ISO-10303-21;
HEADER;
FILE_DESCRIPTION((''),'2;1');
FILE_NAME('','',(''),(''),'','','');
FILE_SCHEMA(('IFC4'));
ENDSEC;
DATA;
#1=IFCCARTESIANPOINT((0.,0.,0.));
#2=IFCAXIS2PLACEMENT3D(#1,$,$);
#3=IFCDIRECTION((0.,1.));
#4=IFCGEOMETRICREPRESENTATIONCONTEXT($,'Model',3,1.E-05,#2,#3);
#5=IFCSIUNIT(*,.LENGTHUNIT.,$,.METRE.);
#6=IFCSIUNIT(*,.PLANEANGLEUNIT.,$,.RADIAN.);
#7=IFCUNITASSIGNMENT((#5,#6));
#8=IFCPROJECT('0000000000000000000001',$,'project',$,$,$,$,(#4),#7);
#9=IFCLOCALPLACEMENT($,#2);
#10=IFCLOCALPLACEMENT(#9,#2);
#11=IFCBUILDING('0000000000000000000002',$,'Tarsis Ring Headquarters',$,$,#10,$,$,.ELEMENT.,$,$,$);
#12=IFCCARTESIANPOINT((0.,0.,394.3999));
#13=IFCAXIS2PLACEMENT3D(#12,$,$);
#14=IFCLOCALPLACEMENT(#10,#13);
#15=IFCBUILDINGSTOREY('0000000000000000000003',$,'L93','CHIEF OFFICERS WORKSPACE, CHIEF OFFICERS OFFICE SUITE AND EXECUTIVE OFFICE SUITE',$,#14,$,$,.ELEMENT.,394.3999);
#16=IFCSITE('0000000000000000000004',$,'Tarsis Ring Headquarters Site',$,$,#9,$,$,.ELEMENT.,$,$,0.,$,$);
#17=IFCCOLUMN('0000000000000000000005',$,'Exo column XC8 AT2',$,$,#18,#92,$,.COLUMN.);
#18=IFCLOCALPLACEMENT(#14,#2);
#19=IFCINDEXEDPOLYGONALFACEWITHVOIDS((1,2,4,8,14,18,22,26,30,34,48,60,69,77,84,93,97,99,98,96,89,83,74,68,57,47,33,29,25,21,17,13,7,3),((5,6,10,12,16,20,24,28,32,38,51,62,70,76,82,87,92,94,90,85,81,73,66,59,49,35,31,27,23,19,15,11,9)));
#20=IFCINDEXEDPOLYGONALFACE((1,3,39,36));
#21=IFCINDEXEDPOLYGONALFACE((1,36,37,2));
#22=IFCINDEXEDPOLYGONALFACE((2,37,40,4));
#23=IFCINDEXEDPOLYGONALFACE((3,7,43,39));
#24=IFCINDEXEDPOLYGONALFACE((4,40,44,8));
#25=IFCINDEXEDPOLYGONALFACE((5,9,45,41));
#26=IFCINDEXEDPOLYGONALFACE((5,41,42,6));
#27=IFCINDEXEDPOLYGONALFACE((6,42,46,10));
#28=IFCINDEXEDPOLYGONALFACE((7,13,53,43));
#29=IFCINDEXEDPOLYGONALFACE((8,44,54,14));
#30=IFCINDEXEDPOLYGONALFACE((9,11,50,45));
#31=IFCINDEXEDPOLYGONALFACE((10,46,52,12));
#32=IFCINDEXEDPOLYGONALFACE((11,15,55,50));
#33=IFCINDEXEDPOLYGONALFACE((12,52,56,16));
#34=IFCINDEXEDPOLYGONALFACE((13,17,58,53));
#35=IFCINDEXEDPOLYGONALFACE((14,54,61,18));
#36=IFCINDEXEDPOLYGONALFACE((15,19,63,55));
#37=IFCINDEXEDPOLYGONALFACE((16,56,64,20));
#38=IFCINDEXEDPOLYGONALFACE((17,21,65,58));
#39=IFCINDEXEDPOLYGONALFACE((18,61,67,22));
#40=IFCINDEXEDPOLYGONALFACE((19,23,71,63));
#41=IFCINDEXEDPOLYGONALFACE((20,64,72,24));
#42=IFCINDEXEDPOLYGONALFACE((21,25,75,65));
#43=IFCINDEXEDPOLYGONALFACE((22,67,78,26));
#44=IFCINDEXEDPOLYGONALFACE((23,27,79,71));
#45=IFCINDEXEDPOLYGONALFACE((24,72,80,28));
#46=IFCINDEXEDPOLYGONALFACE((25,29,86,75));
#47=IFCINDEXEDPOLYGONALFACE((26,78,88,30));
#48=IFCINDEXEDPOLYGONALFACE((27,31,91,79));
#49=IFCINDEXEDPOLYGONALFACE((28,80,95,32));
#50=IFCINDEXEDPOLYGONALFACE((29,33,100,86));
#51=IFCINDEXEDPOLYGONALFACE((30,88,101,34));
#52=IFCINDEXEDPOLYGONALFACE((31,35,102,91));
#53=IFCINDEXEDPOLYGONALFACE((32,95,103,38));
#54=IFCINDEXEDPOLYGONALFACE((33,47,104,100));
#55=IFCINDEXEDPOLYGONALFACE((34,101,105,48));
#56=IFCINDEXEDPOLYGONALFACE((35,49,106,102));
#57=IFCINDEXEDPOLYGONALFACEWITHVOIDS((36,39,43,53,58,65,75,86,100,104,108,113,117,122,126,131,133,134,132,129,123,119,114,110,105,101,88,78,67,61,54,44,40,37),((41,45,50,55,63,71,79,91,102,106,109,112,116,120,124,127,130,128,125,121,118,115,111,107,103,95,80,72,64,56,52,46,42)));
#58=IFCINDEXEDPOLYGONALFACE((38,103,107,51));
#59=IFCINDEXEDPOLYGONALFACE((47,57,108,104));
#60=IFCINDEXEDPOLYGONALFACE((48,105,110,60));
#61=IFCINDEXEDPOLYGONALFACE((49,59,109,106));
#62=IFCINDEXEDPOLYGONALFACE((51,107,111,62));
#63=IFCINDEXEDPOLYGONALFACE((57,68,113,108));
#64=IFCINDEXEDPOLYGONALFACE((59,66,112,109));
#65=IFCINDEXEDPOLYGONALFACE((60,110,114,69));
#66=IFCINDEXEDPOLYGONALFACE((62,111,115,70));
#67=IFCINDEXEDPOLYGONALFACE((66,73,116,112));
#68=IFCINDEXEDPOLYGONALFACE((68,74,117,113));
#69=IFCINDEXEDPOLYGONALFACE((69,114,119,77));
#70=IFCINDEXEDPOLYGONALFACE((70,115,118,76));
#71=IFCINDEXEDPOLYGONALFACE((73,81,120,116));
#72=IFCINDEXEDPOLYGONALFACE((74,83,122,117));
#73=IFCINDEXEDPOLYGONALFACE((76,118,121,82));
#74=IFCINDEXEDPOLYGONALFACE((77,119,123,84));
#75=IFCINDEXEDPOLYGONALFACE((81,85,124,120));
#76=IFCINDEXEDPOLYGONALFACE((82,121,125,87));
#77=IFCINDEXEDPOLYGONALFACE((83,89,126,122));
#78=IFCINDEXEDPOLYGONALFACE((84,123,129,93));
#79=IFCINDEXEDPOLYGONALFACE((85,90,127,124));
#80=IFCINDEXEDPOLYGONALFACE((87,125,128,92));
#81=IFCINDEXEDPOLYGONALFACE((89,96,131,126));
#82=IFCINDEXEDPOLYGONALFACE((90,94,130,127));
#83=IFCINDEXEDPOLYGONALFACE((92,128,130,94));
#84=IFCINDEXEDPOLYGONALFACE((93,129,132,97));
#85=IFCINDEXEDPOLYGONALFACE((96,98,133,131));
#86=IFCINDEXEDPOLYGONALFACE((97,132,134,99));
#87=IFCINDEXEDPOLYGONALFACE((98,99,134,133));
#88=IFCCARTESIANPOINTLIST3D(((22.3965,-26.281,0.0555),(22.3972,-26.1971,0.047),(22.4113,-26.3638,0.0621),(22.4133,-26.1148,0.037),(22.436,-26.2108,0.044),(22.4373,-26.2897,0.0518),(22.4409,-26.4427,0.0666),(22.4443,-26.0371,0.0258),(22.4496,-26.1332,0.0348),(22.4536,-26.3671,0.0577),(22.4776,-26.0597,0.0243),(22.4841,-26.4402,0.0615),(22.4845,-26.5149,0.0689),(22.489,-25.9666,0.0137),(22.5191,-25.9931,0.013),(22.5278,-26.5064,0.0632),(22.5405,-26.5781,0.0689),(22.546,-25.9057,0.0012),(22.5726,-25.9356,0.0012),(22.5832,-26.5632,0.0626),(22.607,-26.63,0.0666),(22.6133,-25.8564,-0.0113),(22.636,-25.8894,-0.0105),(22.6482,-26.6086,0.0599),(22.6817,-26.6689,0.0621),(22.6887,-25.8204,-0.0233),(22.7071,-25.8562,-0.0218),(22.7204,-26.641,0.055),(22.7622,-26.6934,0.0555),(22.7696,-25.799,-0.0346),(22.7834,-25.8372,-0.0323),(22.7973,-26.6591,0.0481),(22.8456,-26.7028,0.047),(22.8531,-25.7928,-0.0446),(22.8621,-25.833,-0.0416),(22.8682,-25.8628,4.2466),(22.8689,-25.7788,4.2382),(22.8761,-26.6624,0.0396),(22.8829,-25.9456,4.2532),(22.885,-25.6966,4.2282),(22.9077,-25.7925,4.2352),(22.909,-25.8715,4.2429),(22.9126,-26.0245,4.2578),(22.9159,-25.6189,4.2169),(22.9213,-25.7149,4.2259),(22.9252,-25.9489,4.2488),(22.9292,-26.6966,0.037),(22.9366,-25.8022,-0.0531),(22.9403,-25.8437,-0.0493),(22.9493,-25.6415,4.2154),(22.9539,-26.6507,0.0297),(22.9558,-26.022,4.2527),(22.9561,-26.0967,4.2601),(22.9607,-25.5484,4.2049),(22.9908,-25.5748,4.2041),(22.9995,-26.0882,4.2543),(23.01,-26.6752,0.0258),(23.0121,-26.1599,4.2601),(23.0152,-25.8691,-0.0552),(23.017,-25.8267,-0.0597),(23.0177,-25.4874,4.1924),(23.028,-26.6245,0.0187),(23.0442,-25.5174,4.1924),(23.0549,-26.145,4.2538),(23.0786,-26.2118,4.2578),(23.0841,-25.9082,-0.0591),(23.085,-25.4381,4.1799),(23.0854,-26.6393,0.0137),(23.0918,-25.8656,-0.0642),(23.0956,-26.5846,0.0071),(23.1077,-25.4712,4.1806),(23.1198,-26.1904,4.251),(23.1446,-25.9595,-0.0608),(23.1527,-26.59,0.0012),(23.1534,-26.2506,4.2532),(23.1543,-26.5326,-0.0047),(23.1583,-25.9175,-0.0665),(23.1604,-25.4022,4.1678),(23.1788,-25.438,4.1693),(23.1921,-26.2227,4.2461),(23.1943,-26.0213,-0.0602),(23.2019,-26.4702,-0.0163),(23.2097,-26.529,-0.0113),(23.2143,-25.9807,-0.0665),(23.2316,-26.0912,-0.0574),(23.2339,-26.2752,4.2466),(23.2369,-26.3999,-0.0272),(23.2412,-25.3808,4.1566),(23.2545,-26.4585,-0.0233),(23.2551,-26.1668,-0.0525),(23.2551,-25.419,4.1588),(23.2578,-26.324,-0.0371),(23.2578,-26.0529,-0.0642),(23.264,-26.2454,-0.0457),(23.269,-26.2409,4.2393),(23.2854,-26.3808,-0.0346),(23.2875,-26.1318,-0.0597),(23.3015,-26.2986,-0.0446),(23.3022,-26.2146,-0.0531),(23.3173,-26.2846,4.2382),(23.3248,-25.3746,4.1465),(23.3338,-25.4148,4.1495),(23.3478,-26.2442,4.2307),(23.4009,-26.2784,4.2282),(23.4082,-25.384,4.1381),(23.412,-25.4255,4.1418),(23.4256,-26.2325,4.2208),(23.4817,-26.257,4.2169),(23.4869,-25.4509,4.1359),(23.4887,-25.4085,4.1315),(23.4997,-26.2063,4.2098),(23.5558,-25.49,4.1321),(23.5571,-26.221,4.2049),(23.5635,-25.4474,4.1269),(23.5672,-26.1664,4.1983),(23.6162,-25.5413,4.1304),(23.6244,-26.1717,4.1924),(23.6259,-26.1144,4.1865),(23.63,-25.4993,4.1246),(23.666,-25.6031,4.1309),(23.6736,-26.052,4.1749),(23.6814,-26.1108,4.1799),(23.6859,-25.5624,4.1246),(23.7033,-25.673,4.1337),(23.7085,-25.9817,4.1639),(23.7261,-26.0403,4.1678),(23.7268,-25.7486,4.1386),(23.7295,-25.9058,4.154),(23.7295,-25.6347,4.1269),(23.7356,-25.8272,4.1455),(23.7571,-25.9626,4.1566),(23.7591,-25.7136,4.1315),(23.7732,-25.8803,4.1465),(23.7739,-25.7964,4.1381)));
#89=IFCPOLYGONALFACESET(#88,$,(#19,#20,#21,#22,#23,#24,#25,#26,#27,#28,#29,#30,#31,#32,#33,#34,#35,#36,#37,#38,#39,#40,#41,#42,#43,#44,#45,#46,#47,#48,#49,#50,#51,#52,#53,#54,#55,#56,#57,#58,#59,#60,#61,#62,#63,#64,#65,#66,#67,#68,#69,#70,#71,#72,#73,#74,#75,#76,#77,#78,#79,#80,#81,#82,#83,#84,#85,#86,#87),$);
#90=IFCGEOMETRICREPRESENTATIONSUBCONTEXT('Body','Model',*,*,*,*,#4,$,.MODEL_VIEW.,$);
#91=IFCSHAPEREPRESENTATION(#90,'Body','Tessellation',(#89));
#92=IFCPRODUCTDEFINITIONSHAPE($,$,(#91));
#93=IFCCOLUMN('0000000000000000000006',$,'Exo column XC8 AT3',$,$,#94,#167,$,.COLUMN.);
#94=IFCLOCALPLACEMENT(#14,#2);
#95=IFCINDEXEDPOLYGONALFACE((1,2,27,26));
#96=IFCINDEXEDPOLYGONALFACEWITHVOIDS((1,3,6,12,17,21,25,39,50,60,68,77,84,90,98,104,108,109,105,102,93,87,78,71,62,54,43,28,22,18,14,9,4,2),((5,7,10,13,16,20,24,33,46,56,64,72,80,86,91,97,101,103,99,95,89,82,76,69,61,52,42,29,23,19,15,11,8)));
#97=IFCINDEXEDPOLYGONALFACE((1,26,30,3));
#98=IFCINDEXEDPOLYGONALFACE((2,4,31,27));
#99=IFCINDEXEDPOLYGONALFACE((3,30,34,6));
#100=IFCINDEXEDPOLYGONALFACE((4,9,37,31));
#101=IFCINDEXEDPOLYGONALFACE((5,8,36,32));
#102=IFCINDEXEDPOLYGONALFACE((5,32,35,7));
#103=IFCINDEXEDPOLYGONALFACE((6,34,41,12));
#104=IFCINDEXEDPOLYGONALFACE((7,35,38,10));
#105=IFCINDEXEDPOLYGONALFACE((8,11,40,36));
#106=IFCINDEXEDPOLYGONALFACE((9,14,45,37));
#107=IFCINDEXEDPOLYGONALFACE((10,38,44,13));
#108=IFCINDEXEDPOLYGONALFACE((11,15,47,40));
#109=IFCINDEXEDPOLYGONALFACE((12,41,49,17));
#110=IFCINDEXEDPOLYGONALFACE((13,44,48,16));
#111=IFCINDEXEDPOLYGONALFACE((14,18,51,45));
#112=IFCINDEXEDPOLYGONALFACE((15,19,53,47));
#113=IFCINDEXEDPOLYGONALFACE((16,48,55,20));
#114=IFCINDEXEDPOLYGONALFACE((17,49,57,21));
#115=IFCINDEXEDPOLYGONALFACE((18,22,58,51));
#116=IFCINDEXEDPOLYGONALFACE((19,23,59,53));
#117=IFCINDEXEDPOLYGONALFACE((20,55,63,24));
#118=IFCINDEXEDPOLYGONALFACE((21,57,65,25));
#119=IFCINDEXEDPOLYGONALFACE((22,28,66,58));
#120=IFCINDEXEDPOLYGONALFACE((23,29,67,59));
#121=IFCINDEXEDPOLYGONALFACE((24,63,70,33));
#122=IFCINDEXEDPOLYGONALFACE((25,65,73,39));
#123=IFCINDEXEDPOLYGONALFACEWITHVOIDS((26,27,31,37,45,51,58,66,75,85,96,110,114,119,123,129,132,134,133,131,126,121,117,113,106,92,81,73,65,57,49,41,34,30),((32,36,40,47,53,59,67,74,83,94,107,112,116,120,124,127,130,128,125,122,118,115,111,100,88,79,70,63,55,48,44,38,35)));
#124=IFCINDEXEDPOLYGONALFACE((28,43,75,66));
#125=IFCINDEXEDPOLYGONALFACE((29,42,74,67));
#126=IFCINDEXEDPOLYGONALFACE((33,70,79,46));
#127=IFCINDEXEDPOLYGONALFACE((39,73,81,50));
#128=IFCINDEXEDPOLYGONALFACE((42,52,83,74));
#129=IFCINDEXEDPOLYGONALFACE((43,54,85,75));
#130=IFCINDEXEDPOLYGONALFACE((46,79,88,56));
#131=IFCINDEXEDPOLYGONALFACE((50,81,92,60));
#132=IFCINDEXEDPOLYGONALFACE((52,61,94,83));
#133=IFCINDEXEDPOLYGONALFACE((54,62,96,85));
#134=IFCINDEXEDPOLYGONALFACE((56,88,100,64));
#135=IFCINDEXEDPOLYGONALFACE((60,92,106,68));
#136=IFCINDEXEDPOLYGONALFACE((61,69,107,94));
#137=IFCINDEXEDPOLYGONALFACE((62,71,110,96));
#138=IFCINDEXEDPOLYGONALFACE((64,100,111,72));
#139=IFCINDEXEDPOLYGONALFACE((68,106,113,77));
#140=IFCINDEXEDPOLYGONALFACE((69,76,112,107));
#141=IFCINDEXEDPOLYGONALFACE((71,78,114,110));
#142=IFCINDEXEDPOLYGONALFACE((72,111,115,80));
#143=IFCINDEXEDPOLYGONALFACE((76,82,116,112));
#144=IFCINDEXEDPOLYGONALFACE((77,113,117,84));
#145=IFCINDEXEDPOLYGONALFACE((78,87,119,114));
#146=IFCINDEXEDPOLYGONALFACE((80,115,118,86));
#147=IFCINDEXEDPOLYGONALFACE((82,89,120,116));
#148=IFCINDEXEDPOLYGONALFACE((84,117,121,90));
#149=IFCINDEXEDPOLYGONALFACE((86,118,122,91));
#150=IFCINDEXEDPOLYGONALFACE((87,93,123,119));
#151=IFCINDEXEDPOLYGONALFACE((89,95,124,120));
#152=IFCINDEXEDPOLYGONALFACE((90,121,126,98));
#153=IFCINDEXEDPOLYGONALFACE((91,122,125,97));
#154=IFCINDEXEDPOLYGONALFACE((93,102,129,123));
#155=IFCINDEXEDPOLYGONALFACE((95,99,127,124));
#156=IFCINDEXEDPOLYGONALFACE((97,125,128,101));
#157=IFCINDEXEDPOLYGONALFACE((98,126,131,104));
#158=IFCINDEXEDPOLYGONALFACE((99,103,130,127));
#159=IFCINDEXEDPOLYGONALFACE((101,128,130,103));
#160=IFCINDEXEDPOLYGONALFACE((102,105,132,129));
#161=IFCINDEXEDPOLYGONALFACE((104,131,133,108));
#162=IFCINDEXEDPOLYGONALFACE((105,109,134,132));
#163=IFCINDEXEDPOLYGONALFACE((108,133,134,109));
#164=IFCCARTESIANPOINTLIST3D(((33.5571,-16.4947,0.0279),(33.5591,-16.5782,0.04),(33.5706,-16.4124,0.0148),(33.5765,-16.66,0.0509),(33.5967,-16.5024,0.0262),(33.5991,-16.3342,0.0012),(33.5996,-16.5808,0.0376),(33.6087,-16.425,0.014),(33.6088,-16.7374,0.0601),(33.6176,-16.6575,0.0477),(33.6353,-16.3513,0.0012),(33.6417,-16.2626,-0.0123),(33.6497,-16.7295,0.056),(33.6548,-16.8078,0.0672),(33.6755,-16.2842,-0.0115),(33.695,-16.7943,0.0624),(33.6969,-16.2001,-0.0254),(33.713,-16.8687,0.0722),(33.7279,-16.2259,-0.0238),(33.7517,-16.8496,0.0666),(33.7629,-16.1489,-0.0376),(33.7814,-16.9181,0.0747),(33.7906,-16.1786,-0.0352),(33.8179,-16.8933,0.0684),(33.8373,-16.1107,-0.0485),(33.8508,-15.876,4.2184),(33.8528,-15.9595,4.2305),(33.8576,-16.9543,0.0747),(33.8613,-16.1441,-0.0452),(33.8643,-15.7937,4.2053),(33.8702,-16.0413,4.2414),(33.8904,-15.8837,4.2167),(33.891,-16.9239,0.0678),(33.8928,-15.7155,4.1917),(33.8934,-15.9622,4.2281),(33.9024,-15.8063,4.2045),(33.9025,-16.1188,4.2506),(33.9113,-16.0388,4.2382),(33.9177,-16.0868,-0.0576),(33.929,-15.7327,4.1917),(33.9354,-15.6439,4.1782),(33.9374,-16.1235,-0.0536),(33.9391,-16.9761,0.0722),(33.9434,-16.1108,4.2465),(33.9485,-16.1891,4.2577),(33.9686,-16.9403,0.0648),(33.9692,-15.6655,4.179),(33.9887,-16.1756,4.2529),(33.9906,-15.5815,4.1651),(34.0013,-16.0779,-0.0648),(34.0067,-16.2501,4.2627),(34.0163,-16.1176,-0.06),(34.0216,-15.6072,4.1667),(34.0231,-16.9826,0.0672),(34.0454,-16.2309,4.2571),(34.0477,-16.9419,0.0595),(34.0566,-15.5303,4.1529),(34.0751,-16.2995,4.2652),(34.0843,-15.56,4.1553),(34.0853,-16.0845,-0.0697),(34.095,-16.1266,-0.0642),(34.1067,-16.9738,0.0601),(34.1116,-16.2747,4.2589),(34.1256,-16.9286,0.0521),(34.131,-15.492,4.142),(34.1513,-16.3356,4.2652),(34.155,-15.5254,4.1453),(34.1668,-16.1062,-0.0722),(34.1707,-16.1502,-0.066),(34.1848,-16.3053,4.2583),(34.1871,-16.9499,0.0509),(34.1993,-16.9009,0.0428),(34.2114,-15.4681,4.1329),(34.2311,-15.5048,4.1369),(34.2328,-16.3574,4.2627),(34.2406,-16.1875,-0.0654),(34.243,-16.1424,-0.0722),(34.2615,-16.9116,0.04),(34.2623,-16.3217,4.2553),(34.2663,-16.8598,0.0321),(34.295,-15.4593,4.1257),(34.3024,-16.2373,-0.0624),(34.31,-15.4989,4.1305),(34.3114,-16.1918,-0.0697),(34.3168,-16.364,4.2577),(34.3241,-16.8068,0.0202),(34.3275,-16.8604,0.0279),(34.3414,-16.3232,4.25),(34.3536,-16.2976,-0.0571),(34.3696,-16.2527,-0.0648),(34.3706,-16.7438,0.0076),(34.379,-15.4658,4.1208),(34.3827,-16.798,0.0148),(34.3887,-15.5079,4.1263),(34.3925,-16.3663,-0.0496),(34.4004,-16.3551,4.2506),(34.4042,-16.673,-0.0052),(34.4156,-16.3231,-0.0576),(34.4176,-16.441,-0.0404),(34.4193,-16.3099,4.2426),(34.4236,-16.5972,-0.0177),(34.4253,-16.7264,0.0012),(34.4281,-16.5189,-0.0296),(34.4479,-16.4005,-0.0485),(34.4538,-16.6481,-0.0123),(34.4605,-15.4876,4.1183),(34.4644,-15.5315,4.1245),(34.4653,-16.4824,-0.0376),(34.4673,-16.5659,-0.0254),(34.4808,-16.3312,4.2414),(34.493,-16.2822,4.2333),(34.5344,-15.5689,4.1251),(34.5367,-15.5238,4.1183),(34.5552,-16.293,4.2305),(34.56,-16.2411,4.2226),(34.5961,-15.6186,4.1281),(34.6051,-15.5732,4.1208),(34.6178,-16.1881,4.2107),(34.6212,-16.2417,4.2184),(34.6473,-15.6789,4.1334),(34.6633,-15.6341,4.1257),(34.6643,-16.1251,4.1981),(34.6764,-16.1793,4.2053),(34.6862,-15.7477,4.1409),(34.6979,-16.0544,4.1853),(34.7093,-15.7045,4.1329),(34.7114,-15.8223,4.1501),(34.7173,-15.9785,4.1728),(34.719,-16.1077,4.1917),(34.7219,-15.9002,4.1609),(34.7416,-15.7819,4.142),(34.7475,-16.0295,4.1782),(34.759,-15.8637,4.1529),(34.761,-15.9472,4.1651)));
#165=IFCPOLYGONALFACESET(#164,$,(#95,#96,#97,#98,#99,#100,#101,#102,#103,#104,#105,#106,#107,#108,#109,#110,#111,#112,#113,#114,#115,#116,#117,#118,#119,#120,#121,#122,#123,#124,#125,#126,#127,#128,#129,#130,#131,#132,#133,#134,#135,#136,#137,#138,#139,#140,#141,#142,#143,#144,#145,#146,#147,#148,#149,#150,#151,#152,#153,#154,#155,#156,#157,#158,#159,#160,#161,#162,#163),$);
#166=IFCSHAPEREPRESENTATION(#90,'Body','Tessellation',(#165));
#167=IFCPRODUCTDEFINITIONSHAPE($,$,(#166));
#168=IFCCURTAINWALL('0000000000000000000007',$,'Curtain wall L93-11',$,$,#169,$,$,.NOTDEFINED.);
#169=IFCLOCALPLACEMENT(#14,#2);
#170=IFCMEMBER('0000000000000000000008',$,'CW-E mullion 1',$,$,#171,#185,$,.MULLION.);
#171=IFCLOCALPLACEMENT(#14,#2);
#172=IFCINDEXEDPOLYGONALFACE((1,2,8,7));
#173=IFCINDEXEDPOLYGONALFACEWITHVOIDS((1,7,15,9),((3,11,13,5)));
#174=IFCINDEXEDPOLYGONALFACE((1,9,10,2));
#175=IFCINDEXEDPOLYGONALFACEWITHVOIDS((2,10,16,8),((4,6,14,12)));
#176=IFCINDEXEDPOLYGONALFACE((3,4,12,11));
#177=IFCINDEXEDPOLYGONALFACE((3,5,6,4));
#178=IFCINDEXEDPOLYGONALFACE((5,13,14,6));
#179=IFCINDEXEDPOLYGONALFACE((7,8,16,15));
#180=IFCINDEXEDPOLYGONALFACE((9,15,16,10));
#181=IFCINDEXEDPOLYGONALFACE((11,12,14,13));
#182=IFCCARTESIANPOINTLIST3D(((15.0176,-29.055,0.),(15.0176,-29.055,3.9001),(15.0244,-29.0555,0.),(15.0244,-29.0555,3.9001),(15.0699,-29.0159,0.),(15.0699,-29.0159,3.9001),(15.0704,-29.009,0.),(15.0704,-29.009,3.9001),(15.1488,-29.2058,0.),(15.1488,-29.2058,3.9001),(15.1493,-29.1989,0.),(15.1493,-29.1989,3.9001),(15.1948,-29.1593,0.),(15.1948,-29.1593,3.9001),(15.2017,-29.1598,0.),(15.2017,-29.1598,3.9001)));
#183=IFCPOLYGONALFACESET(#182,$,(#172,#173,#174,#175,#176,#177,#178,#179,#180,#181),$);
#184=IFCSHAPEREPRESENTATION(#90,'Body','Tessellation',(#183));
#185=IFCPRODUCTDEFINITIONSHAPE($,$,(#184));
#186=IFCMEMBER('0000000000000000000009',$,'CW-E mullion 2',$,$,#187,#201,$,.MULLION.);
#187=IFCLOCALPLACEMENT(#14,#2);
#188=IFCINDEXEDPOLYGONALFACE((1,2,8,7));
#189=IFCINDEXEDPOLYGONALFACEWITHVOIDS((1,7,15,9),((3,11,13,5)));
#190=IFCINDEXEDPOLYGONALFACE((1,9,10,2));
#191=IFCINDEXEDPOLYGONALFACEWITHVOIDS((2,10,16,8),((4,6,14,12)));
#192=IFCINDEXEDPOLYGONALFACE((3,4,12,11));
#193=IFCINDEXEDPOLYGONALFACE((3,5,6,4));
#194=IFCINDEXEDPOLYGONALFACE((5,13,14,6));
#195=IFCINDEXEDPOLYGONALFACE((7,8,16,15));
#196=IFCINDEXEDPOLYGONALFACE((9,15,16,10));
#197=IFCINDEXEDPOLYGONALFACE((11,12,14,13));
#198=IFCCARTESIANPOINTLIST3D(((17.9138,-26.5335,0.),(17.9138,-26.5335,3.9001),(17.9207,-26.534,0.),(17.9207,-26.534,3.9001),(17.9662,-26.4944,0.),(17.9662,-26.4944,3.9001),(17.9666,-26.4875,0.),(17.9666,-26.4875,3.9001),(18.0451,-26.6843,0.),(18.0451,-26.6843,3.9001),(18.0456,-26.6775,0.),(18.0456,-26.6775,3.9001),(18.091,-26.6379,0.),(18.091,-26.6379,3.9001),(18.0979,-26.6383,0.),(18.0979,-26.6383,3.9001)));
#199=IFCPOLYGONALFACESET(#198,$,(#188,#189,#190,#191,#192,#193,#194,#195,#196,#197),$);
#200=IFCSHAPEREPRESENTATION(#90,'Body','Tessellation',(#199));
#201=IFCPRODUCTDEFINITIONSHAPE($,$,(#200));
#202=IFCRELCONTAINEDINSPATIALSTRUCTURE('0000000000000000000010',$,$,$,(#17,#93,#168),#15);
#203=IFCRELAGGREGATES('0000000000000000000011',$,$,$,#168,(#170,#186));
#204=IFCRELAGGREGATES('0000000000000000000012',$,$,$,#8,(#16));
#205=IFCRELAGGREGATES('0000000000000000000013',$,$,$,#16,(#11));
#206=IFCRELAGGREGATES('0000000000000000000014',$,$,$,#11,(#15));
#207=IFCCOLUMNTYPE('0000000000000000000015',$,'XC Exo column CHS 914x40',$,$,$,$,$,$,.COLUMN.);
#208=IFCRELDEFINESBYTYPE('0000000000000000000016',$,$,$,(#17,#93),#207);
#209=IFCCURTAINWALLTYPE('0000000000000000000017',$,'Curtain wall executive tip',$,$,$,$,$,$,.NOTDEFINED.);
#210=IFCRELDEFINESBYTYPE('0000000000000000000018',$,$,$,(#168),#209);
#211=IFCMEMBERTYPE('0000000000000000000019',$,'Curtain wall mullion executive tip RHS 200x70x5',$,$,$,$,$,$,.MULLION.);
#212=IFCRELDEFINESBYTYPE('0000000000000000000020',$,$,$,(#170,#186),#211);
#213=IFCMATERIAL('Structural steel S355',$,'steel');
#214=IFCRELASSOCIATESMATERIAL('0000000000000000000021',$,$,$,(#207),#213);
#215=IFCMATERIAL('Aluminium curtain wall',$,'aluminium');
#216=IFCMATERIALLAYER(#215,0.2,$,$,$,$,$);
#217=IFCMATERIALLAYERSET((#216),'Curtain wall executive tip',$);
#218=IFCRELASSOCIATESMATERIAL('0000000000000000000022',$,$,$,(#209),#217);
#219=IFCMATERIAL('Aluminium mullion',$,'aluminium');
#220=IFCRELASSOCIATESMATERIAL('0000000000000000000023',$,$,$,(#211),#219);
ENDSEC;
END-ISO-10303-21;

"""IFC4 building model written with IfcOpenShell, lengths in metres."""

from ifc_helpers import new_model, si_unit, direction, frame, origin, origin_2d, place, context, subcontext, project, spatial, hollow_rectangle, hollow_circle, extrude, material, layer, layer_set, material_profile, profile_set, type_object, element, aggregate, save


model = new_model("IFC4")

# Units and contexts
model_context = context("Model", 3, precision=1e-05, world=origin(), true_north=direction((0.0, 1.0)))
body_context = subcontext(model_context, "Body", "Model", "MODEL_VIEW")
ifc_project = project(units=[si_unit("LENGTHUNIT", "METRE"), si_unit("PLANEANGLEUNIT", "RADIAN")], contexts=[model_context])

# Site, building, storey
site_placement = place(None, origin())
site = spatial("IfcSite", under=ifc_project, at=site_placement, Name="Tarsis Ring Headquarters Site", CompositionType="ELEMENT", RefElevation=0.0)
building_placement = place(site_placement, origin())
building = spatial("IfcBuilding", under=site, at=building_placement, Name="Tarsis Ring Headquarters", CompositionType="ELEMENT")
storey_placement = place(building_placement, frame((0.0, 0.0, 394.3999)))
storey = spatial("IfcBuildingStorey", under=building, at=storey_placement, Name="L93", Description="CHIEF OFFICERS WORKSPACE, CHIEF OFFICERS OFFICE SUITE AND EXECUTIVE OFFICE SUITE", CompositionType="ELEMENT", Elevation=394.3999)

# Columns
ifc_material_1 = material(Name="Structural steel S355", Category="steel")
ifc_material_profile_1 = material_profile(ifc_material_1, hollow_circle(Radius=0.457, WallThickness=0.04, at=origin_2d()), Name="CHS 914x40")
ifc_profile_set_1 = profile_set([ifc_material_profile_1], Name="Structural steel S355")
column_type = type_object("IfcColumnType", Name="XC Exo column CHS 914x40", PredefinedType="COLUMN", material=ifc_profile_set_1)
column_1_placement = place(storey_placement, frame((22.8494, -26.2478, 0.0012), z_axis=(0.11129, 0.098675, 0.988877), x_axis=(-0.663426, 0.748242, 0.0)))
element("IfcColumn", 1, at=column_1_placement, inside=storey, type_object=column_type, Name="Exo column XC8 AT2", PredefinedType="COLUMN", context=body_context, shape_type="SweptSolid", body=[
    extrude(hollow_circle(Radius=0.4573, WallThickness=0.04, at=origin_2d()), origin(), (0.0, 0.0, 1.0), 4.2383),
])
column_2_placement = place(storey_placement, frame((34.0122, -16.5303, 0.0012), z_axis=(0.069171, 0.145702, 0.986907), x_axis=(-0.903367, 0.428868, 0.0)))
element("IfcColumn", 2, at=column_2_placement, inside=storey, type_object=column_type, Name="Exo column XC8 AT3", PredefinedType="COLUMN", context=body_context, shape_type="SweptSolid", body=[
    extrude(hollow_circle(Radius=0.4573, WallThickness=0.04, at=origin_2d()), origin(), (0.0, 0.0, 1.0), 4.2461),
])

# Curtain wall, members
ifc_material_2 = material(Name="Aluminium curtain wall", Category="aluminium")
ifc_layer_1 = layer(ifc_material_2, 0.2)
ifc_layer_set_1 = layer_set([ifc_layer_1], Name="Curtain wall executive tip")
curtain_wall_type = type_object("IfcCurtainWallType", Name="Curtain wall executive tip", PredefinedType="NOTDEFINED", material=ifc_layer_set_1)
curtain_wall_placement = place(storey_placement, origin())
curtain_wall = element("IfcCurtainWall", 3, at=curtain_wall_placement, inside=storey, type_object=curtain_wall_type, Name="Curtain wall L93-11", PredefinedType="NOTDEFINED")
ifc_material_3 = material(Name="Aluminium mullion", Category="aluminium")
ifc_material_profile_2 = material_profile(ifc_material_3, hollow_rectangle(XDim=0.2, YDim=0.0701, WallThickness=0.0049, at=origin_2d()), Name="RHS 200x70x5")
ifc_profile_set_2 = profile_set([ifc_material_profile_2], Name="Aluminium mullion")
member_type_1 = type_object("IfcMemberType", Name="Curtain wall mullion executive tip RHS 200x70x5", PredefinedType="MULLION", material=ifc_profile_set_2)
member_1_placement = place(storey_placement, frame((15.1096, -29.1074, 0.0), z_axis=(0.0, 0.0, 1.0), x_axis=(-0.656586, 0.754251, 0.0)))
member_1 = element("IfcMember", 4, at=member_1_placement, type_object=member_type_1, Name="CW-E mullion 1", PredefinedType="MULLION", context=body_context, shape_type="SweptSolid", body=[
    extrude(hollow_rectangle(XDim=0.2, YDim=0.0701, WallThickness=0.0049, at=origin_2d()), origin(), (0.0, 0.0, 1.0), 3.9001),
])
member_2_placement = place(storey_placement, frame((18.0059, -26.5859, 0.0), z_axis=(0.0, 0.0, 1.0), x_axis=(-0.656586, 0.754251, 0.0)))
member_2 = element("IfcMember", 5, at=member_2_placement, type_object=member_type_1, Name="CW-E mullion 2", PredefinedType="MULLION", context=body_context, shape_type="SweptSolid", body=[
    extrude(hollow_rectangle(XDim=0.2, YDim=0.0701, WallThickness=0.0049, at=origin_2d()), origin(), (0.0, 0.0, 1.0), 3.9001),
])

aggregate(curtain_wall, [member_1, member_2])

save(model, "model.ifc")
